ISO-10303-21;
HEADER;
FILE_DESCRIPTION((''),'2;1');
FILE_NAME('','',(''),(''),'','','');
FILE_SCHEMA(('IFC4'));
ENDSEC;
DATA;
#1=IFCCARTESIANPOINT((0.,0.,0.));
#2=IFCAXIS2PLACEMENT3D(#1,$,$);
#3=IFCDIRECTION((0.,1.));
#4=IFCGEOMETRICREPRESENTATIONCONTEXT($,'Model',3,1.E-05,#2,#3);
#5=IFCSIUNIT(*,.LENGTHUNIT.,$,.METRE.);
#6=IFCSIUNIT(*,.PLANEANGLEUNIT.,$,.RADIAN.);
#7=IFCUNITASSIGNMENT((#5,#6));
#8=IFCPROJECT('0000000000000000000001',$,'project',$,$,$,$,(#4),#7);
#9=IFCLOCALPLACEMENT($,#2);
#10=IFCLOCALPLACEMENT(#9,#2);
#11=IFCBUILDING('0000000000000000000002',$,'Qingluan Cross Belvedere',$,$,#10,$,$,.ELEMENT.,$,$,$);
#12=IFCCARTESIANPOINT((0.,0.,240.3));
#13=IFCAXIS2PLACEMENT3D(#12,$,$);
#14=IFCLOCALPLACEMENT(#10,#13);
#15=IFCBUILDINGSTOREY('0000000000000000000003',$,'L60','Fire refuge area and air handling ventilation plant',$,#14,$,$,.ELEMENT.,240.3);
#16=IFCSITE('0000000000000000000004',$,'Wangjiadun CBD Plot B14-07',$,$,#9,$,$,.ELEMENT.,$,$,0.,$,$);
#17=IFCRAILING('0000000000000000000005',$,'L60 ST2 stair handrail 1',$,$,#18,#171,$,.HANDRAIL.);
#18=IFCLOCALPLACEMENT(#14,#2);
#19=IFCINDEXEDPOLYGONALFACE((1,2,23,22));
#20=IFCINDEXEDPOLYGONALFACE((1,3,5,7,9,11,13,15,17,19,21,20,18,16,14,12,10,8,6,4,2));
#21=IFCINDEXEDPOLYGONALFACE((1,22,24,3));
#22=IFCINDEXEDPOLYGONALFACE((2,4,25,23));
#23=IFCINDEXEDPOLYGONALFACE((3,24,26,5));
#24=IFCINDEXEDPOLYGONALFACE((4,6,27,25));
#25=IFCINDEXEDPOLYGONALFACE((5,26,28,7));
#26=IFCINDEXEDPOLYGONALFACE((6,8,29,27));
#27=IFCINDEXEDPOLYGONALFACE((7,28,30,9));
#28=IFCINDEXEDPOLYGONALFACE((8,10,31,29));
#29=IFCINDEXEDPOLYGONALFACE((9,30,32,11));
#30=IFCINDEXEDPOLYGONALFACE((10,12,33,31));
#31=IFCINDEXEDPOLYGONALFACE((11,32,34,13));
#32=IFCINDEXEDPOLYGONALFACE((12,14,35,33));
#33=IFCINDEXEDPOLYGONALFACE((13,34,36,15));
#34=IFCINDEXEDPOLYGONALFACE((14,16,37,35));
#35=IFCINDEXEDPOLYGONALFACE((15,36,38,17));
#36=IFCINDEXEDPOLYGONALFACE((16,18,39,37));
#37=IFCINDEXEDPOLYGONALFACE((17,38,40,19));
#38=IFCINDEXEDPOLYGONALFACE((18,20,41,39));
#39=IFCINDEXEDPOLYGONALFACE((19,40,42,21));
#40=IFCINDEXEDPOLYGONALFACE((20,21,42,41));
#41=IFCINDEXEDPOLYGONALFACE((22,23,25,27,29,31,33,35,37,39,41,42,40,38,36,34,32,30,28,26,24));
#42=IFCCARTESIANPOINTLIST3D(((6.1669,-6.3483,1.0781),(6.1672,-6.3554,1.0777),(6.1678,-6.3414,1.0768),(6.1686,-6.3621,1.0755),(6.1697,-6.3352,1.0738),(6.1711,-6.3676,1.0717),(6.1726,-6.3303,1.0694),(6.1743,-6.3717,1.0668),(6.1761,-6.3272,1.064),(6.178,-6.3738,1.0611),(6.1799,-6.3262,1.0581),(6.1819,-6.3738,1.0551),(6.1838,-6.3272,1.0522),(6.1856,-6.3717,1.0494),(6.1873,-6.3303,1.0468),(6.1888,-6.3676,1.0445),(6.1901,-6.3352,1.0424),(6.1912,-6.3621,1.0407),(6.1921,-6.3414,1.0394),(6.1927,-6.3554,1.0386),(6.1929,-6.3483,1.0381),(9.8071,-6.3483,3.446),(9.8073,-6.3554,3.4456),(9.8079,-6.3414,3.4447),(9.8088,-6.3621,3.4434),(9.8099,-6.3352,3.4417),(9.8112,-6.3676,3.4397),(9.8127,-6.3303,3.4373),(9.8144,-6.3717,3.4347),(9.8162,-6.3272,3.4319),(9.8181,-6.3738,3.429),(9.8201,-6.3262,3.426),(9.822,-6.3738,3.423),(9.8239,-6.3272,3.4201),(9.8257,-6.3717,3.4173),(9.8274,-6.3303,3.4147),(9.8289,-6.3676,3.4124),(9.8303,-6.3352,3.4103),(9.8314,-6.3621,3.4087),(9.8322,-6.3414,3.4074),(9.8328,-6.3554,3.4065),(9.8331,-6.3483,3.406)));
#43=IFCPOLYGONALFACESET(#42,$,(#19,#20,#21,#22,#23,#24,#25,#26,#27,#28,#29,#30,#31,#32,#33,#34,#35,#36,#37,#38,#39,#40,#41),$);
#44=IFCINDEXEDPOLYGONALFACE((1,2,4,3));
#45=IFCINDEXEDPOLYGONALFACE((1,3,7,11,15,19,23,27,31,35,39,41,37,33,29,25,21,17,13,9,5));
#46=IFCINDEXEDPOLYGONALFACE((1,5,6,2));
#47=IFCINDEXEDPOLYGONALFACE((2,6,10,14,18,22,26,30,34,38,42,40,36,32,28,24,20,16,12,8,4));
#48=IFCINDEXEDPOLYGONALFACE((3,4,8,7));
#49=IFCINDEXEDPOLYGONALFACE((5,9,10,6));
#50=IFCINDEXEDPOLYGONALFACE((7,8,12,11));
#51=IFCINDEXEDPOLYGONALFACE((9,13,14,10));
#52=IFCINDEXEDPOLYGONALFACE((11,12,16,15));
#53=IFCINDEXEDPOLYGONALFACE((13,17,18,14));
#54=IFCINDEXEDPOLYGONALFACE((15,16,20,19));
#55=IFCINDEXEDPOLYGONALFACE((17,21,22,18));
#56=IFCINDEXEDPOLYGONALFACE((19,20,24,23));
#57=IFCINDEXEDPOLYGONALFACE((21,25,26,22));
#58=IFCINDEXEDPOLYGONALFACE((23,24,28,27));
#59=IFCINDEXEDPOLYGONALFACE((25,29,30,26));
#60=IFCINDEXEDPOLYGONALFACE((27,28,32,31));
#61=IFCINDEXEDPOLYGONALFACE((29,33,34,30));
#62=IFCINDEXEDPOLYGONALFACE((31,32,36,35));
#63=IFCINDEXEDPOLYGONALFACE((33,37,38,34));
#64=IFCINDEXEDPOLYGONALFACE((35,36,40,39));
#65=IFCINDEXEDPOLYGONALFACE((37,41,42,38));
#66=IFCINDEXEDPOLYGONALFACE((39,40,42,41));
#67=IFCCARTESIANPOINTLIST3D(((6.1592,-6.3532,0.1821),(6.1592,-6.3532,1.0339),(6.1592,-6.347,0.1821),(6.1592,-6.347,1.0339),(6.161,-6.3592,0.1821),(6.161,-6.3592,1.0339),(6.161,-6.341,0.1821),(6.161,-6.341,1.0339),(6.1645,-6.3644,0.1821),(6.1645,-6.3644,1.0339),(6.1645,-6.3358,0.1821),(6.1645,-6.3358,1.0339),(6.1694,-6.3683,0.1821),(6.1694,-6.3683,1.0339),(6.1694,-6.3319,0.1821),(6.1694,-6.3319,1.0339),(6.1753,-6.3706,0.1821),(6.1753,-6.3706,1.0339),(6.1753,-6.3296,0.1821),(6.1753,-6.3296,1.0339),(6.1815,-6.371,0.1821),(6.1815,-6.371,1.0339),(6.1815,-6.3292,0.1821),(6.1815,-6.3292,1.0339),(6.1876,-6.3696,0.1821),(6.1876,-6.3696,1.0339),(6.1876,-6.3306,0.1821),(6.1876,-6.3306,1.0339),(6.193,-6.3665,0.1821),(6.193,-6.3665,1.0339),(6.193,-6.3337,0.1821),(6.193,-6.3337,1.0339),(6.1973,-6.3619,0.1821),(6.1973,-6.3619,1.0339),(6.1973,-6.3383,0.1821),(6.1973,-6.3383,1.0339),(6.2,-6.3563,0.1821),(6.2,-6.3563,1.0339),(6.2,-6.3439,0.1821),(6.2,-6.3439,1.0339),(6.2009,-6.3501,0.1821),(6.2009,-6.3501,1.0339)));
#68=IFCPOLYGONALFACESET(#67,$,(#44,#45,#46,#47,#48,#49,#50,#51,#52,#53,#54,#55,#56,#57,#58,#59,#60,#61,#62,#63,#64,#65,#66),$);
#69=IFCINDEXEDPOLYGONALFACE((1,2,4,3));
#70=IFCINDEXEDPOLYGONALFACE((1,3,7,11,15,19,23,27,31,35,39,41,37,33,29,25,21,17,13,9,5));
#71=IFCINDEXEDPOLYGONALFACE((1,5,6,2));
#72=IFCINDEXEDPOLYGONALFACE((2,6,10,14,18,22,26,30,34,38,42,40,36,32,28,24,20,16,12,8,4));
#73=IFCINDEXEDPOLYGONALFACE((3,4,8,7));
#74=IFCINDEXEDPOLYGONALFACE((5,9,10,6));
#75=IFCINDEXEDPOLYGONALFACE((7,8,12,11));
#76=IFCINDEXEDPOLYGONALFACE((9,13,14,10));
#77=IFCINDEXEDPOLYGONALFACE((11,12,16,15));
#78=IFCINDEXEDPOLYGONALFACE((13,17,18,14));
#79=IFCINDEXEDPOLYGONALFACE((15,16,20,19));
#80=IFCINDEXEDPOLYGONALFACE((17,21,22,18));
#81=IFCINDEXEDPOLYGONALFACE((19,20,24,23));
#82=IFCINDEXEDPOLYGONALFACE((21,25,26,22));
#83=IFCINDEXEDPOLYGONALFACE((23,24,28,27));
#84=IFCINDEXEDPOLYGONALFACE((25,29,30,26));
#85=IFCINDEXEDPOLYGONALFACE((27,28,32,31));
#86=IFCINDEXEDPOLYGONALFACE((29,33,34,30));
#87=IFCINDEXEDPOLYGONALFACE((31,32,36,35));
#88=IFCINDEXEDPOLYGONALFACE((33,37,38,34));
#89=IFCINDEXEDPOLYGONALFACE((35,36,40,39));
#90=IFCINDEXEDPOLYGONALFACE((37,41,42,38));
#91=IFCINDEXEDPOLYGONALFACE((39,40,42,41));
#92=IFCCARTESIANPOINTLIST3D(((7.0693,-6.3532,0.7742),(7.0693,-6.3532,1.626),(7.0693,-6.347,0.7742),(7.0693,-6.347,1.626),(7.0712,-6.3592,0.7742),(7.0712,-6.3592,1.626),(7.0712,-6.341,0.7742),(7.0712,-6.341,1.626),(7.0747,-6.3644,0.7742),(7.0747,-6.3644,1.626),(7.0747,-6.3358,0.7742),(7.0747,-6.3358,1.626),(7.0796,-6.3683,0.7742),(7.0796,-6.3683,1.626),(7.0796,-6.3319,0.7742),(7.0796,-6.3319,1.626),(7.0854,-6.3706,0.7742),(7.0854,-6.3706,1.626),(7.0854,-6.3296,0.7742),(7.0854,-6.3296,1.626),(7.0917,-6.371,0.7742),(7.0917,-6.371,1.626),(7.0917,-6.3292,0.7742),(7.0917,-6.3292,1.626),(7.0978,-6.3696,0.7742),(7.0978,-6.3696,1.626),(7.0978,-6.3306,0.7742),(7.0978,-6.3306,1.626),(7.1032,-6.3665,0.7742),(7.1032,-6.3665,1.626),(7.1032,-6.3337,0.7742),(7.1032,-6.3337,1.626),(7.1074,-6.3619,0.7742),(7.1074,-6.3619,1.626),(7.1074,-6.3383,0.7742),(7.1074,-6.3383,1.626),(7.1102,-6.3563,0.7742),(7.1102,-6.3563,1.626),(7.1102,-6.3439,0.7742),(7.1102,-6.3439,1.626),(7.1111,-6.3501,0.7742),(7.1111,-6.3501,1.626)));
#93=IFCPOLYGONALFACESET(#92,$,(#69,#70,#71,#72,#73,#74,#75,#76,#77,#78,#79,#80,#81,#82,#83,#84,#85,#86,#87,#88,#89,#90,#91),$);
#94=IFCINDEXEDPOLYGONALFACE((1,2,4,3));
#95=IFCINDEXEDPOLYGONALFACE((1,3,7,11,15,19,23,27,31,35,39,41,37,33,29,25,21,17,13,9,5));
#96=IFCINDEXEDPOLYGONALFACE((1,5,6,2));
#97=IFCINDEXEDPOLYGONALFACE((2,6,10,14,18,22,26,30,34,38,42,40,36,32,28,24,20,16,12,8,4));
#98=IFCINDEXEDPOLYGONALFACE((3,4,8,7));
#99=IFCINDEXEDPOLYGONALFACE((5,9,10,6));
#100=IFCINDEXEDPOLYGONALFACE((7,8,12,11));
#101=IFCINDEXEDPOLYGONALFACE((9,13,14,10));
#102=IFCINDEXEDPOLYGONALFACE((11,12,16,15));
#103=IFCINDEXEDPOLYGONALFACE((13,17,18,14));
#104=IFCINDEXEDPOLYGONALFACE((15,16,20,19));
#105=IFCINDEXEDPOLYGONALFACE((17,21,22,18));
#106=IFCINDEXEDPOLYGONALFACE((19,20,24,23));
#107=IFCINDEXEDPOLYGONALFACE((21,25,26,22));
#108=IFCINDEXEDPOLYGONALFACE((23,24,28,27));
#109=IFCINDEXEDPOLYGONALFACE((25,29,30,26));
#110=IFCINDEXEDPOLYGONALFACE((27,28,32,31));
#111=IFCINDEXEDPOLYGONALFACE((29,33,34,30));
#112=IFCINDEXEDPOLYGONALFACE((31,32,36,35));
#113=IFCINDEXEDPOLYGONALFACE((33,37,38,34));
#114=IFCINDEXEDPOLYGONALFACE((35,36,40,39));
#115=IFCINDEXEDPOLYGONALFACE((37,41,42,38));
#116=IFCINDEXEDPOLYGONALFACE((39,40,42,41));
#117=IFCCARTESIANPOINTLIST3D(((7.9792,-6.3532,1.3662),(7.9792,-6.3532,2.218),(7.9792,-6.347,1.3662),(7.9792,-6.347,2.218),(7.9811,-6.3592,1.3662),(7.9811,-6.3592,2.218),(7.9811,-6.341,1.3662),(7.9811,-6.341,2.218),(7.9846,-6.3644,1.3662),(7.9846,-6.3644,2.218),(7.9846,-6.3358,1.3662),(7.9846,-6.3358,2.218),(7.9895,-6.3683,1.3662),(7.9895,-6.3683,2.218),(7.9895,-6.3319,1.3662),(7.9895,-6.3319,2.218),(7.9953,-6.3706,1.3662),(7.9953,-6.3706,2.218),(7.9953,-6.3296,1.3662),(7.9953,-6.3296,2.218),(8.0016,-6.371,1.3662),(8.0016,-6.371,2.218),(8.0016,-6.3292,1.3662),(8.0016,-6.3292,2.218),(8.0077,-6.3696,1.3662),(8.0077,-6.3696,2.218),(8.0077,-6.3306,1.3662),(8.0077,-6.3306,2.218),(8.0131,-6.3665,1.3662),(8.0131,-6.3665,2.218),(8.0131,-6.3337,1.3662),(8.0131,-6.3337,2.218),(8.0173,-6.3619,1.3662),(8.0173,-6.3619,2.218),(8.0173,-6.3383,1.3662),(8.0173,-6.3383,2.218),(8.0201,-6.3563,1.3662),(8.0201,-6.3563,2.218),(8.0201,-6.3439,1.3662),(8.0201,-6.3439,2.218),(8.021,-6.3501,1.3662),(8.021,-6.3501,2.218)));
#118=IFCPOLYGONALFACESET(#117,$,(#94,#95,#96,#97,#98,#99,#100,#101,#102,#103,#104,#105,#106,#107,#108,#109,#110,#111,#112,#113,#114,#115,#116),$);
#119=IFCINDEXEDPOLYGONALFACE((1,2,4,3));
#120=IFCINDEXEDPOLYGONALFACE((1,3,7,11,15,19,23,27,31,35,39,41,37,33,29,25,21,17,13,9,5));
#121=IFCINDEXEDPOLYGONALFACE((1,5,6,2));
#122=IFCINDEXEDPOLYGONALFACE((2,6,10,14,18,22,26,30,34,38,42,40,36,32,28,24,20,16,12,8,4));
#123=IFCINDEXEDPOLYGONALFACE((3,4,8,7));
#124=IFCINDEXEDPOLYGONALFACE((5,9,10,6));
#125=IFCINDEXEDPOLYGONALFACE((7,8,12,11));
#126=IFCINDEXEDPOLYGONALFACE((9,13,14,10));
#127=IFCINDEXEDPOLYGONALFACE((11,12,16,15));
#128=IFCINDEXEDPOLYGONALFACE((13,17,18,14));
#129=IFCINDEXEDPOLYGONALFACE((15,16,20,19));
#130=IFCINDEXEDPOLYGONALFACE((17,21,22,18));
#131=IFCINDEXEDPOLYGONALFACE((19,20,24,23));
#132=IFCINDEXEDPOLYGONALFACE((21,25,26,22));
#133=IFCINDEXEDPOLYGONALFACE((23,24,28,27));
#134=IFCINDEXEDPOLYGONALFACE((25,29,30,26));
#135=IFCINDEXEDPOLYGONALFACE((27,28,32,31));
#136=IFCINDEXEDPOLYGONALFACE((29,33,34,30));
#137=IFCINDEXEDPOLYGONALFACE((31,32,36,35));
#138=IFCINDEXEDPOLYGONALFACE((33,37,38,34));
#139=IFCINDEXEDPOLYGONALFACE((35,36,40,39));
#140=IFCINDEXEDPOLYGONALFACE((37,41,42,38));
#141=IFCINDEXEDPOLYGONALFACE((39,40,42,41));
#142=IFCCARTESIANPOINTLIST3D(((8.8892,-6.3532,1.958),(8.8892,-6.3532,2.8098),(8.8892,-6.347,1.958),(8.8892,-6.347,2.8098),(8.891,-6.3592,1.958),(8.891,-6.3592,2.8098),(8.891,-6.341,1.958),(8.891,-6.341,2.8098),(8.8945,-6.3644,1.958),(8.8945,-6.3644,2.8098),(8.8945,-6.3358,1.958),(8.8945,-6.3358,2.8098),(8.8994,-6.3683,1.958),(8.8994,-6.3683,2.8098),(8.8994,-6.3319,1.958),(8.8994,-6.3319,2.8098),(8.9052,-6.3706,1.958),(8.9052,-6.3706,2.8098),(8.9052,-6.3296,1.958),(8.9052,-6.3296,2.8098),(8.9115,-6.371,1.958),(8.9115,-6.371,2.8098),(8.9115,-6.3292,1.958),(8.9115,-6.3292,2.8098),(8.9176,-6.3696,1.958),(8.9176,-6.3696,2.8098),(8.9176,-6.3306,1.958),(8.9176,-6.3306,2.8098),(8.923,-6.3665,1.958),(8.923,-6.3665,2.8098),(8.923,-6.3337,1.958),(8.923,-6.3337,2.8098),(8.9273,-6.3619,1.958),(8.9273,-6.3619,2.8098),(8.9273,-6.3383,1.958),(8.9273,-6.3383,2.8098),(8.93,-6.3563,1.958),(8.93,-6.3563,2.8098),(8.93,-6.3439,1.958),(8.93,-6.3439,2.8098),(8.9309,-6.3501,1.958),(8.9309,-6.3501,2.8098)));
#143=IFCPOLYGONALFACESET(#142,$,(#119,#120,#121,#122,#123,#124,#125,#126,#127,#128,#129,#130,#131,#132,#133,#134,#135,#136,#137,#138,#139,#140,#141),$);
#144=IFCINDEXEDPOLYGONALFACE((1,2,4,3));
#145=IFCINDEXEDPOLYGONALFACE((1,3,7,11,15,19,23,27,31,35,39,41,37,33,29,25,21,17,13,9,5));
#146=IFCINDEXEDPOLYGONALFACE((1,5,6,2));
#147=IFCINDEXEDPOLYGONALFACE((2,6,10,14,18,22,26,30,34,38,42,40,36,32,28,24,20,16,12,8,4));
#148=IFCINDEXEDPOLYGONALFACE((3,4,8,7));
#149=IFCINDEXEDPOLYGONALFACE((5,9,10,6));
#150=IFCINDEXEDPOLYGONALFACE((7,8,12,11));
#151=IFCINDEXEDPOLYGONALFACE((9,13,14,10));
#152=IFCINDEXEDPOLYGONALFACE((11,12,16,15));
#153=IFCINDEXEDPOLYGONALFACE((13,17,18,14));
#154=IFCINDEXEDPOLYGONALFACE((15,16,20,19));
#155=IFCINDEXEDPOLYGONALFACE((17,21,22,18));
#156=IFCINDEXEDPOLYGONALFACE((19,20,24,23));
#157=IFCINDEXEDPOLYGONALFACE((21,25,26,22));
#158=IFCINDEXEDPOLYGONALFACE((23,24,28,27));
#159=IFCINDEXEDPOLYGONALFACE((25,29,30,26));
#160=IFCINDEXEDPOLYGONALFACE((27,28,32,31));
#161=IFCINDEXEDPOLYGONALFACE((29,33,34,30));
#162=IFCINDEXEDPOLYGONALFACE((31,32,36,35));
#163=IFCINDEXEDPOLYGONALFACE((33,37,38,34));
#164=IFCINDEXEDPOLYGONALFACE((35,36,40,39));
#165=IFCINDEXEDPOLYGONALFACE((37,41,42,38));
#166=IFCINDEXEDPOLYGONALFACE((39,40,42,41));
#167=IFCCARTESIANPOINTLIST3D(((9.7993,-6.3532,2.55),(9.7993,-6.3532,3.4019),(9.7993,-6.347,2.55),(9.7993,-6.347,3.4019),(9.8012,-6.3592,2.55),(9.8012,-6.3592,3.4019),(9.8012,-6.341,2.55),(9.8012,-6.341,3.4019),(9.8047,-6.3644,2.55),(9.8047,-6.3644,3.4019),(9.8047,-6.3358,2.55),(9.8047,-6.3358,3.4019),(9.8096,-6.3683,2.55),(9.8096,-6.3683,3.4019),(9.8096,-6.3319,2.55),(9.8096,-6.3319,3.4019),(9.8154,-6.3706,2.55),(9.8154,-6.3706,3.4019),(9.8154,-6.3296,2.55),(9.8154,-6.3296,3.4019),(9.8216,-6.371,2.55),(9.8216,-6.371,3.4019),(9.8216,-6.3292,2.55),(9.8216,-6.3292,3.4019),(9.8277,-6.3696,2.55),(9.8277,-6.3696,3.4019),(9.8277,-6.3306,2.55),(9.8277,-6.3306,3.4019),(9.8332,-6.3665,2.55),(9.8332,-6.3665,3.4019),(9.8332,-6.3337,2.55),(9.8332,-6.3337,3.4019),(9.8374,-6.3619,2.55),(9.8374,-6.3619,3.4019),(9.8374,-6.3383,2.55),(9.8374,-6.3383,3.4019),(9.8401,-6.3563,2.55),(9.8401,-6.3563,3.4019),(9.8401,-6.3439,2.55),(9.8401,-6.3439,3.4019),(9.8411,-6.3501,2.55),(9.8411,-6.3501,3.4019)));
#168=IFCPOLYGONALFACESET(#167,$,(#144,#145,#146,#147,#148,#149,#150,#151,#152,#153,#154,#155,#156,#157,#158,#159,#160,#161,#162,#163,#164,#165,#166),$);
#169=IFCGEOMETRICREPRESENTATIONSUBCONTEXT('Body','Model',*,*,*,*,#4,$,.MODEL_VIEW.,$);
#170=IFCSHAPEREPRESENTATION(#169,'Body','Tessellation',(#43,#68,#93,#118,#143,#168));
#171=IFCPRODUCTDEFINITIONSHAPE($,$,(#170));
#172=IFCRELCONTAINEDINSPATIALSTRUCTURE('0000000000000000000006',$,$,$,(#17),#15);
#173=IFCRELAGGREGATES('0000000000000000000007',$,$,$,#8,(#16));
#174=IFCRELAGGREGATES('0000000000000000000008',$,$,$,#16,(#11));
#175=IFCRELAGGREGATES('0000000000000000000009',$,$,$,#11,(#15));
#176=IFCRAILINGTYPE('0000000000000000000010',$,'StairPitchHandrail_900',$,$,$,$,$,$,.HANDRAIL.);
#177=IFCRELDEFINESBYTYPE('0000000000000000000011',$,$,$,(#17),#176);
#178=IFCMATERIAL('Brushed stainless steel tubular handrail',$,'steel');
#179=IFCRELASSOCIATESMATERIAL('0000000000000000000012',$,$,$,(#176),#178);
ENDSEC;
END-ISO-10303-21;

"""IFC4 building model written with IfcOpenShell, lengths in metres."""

from ifc_helpers import new_model, si_unit, direction, frame, origin, origin_2d, place, context, subcontext, project, spatial, circle, extrude, material, type_object, element, save


model = new_model("IFC4")

# Units and contexts
model_context = context("Model", 3, precision=1e-05, world=origin(), true_north=direction((0.0, 1.0)))
body_context = subcontext(model_context, "Body", "Model", "MODEL_VIEW")
ifc_project = project(units=[si_unit("LENGTHUNIT", "METRE"), si_unit("PLANEANGLEUNIT", "RADIAN")], contexts=[model_context])

# Site, building, storey
site_placement = place(None, origin())
site = spatial("IfcSite", under=ifc_project, at=site_placement, Name="Wangjiadun CBD Plot B14-07", CompositionType="ELEMENT", RefElevation=0.0)
building_placement = place(site_placement, origin())
building = spatial("IfcBuilding", under=site, at=building_placement, Name="Qingluan Cross Belvedere", CompositionType="ELEMENT")
storey_placement = place(building_placement, frame((0.0, 0.0, 240.3)))
storey = spatial("IfcBuildingStorey", under=building, at=storey_placement, Name="L60", Description="Fire refuge area and air handling ventilation plant", CompositionType="ELEMENT", Elevation=240.3)

# Railing
ifc_material_1 = material(Name="Brushed stainless steel tubular handrail", Category="steel")
railing_type_1 = type_object("IfcRailingType", Name="StairPitchHandrail_900", PredefinedType="HANDRAIL", material=ifc_material_1)
railing_1_placement = place(storey_placement, frame((6.1799, -6.3501, 0.1821)))
element("IfcRailing", 1, at=railing_1_placement, inside=storey, type_object=railing_type_1, Name="L60 ST2 stair handrail 1", PredefinedType="HANDRAIL", context=body_context, shape_type="SweptSolid", body=[
    extrude(circle(Radius=0.0239, at=origin_2d()), frame((0.0, 0.0, 0.876), z_axis=(0.838251, 0.0, 0.545285), x_axis=(0.0, 1.0, 0.0)), (0.0, 0.0, 1.0), 4.3425),
    extrude(circle(Radius=0.021, at=origin_2d()), origin(), (0.0, 0.0, 1.0), 0.8518),
    extrude(circle(Radius=0.021, at=origin_2d()), frame((0.9102, 0.0, 0.592)), (0.0, 0.0, 1.0), 0.8518),
    extrude(circle(Radius=0.021, at=origin_2d()), frame((1.8201, 0.0, 1.1841)), (0.0, 0.0, 1.0), 0.8518),
    extrude(circle(Radius=0.021, at=origin_2d()), frame((2.73, 0.0, 1.7759)), (0.0, 0.0, 1.0), 0.8518),
    extrude(circle(Radius=0.021, at=origin_2d()), frame((3.6401, 0.0, 2.3679)), (0.0, 0.0, 1.0), 0.8518),
])

save(model, "model.ifc")
